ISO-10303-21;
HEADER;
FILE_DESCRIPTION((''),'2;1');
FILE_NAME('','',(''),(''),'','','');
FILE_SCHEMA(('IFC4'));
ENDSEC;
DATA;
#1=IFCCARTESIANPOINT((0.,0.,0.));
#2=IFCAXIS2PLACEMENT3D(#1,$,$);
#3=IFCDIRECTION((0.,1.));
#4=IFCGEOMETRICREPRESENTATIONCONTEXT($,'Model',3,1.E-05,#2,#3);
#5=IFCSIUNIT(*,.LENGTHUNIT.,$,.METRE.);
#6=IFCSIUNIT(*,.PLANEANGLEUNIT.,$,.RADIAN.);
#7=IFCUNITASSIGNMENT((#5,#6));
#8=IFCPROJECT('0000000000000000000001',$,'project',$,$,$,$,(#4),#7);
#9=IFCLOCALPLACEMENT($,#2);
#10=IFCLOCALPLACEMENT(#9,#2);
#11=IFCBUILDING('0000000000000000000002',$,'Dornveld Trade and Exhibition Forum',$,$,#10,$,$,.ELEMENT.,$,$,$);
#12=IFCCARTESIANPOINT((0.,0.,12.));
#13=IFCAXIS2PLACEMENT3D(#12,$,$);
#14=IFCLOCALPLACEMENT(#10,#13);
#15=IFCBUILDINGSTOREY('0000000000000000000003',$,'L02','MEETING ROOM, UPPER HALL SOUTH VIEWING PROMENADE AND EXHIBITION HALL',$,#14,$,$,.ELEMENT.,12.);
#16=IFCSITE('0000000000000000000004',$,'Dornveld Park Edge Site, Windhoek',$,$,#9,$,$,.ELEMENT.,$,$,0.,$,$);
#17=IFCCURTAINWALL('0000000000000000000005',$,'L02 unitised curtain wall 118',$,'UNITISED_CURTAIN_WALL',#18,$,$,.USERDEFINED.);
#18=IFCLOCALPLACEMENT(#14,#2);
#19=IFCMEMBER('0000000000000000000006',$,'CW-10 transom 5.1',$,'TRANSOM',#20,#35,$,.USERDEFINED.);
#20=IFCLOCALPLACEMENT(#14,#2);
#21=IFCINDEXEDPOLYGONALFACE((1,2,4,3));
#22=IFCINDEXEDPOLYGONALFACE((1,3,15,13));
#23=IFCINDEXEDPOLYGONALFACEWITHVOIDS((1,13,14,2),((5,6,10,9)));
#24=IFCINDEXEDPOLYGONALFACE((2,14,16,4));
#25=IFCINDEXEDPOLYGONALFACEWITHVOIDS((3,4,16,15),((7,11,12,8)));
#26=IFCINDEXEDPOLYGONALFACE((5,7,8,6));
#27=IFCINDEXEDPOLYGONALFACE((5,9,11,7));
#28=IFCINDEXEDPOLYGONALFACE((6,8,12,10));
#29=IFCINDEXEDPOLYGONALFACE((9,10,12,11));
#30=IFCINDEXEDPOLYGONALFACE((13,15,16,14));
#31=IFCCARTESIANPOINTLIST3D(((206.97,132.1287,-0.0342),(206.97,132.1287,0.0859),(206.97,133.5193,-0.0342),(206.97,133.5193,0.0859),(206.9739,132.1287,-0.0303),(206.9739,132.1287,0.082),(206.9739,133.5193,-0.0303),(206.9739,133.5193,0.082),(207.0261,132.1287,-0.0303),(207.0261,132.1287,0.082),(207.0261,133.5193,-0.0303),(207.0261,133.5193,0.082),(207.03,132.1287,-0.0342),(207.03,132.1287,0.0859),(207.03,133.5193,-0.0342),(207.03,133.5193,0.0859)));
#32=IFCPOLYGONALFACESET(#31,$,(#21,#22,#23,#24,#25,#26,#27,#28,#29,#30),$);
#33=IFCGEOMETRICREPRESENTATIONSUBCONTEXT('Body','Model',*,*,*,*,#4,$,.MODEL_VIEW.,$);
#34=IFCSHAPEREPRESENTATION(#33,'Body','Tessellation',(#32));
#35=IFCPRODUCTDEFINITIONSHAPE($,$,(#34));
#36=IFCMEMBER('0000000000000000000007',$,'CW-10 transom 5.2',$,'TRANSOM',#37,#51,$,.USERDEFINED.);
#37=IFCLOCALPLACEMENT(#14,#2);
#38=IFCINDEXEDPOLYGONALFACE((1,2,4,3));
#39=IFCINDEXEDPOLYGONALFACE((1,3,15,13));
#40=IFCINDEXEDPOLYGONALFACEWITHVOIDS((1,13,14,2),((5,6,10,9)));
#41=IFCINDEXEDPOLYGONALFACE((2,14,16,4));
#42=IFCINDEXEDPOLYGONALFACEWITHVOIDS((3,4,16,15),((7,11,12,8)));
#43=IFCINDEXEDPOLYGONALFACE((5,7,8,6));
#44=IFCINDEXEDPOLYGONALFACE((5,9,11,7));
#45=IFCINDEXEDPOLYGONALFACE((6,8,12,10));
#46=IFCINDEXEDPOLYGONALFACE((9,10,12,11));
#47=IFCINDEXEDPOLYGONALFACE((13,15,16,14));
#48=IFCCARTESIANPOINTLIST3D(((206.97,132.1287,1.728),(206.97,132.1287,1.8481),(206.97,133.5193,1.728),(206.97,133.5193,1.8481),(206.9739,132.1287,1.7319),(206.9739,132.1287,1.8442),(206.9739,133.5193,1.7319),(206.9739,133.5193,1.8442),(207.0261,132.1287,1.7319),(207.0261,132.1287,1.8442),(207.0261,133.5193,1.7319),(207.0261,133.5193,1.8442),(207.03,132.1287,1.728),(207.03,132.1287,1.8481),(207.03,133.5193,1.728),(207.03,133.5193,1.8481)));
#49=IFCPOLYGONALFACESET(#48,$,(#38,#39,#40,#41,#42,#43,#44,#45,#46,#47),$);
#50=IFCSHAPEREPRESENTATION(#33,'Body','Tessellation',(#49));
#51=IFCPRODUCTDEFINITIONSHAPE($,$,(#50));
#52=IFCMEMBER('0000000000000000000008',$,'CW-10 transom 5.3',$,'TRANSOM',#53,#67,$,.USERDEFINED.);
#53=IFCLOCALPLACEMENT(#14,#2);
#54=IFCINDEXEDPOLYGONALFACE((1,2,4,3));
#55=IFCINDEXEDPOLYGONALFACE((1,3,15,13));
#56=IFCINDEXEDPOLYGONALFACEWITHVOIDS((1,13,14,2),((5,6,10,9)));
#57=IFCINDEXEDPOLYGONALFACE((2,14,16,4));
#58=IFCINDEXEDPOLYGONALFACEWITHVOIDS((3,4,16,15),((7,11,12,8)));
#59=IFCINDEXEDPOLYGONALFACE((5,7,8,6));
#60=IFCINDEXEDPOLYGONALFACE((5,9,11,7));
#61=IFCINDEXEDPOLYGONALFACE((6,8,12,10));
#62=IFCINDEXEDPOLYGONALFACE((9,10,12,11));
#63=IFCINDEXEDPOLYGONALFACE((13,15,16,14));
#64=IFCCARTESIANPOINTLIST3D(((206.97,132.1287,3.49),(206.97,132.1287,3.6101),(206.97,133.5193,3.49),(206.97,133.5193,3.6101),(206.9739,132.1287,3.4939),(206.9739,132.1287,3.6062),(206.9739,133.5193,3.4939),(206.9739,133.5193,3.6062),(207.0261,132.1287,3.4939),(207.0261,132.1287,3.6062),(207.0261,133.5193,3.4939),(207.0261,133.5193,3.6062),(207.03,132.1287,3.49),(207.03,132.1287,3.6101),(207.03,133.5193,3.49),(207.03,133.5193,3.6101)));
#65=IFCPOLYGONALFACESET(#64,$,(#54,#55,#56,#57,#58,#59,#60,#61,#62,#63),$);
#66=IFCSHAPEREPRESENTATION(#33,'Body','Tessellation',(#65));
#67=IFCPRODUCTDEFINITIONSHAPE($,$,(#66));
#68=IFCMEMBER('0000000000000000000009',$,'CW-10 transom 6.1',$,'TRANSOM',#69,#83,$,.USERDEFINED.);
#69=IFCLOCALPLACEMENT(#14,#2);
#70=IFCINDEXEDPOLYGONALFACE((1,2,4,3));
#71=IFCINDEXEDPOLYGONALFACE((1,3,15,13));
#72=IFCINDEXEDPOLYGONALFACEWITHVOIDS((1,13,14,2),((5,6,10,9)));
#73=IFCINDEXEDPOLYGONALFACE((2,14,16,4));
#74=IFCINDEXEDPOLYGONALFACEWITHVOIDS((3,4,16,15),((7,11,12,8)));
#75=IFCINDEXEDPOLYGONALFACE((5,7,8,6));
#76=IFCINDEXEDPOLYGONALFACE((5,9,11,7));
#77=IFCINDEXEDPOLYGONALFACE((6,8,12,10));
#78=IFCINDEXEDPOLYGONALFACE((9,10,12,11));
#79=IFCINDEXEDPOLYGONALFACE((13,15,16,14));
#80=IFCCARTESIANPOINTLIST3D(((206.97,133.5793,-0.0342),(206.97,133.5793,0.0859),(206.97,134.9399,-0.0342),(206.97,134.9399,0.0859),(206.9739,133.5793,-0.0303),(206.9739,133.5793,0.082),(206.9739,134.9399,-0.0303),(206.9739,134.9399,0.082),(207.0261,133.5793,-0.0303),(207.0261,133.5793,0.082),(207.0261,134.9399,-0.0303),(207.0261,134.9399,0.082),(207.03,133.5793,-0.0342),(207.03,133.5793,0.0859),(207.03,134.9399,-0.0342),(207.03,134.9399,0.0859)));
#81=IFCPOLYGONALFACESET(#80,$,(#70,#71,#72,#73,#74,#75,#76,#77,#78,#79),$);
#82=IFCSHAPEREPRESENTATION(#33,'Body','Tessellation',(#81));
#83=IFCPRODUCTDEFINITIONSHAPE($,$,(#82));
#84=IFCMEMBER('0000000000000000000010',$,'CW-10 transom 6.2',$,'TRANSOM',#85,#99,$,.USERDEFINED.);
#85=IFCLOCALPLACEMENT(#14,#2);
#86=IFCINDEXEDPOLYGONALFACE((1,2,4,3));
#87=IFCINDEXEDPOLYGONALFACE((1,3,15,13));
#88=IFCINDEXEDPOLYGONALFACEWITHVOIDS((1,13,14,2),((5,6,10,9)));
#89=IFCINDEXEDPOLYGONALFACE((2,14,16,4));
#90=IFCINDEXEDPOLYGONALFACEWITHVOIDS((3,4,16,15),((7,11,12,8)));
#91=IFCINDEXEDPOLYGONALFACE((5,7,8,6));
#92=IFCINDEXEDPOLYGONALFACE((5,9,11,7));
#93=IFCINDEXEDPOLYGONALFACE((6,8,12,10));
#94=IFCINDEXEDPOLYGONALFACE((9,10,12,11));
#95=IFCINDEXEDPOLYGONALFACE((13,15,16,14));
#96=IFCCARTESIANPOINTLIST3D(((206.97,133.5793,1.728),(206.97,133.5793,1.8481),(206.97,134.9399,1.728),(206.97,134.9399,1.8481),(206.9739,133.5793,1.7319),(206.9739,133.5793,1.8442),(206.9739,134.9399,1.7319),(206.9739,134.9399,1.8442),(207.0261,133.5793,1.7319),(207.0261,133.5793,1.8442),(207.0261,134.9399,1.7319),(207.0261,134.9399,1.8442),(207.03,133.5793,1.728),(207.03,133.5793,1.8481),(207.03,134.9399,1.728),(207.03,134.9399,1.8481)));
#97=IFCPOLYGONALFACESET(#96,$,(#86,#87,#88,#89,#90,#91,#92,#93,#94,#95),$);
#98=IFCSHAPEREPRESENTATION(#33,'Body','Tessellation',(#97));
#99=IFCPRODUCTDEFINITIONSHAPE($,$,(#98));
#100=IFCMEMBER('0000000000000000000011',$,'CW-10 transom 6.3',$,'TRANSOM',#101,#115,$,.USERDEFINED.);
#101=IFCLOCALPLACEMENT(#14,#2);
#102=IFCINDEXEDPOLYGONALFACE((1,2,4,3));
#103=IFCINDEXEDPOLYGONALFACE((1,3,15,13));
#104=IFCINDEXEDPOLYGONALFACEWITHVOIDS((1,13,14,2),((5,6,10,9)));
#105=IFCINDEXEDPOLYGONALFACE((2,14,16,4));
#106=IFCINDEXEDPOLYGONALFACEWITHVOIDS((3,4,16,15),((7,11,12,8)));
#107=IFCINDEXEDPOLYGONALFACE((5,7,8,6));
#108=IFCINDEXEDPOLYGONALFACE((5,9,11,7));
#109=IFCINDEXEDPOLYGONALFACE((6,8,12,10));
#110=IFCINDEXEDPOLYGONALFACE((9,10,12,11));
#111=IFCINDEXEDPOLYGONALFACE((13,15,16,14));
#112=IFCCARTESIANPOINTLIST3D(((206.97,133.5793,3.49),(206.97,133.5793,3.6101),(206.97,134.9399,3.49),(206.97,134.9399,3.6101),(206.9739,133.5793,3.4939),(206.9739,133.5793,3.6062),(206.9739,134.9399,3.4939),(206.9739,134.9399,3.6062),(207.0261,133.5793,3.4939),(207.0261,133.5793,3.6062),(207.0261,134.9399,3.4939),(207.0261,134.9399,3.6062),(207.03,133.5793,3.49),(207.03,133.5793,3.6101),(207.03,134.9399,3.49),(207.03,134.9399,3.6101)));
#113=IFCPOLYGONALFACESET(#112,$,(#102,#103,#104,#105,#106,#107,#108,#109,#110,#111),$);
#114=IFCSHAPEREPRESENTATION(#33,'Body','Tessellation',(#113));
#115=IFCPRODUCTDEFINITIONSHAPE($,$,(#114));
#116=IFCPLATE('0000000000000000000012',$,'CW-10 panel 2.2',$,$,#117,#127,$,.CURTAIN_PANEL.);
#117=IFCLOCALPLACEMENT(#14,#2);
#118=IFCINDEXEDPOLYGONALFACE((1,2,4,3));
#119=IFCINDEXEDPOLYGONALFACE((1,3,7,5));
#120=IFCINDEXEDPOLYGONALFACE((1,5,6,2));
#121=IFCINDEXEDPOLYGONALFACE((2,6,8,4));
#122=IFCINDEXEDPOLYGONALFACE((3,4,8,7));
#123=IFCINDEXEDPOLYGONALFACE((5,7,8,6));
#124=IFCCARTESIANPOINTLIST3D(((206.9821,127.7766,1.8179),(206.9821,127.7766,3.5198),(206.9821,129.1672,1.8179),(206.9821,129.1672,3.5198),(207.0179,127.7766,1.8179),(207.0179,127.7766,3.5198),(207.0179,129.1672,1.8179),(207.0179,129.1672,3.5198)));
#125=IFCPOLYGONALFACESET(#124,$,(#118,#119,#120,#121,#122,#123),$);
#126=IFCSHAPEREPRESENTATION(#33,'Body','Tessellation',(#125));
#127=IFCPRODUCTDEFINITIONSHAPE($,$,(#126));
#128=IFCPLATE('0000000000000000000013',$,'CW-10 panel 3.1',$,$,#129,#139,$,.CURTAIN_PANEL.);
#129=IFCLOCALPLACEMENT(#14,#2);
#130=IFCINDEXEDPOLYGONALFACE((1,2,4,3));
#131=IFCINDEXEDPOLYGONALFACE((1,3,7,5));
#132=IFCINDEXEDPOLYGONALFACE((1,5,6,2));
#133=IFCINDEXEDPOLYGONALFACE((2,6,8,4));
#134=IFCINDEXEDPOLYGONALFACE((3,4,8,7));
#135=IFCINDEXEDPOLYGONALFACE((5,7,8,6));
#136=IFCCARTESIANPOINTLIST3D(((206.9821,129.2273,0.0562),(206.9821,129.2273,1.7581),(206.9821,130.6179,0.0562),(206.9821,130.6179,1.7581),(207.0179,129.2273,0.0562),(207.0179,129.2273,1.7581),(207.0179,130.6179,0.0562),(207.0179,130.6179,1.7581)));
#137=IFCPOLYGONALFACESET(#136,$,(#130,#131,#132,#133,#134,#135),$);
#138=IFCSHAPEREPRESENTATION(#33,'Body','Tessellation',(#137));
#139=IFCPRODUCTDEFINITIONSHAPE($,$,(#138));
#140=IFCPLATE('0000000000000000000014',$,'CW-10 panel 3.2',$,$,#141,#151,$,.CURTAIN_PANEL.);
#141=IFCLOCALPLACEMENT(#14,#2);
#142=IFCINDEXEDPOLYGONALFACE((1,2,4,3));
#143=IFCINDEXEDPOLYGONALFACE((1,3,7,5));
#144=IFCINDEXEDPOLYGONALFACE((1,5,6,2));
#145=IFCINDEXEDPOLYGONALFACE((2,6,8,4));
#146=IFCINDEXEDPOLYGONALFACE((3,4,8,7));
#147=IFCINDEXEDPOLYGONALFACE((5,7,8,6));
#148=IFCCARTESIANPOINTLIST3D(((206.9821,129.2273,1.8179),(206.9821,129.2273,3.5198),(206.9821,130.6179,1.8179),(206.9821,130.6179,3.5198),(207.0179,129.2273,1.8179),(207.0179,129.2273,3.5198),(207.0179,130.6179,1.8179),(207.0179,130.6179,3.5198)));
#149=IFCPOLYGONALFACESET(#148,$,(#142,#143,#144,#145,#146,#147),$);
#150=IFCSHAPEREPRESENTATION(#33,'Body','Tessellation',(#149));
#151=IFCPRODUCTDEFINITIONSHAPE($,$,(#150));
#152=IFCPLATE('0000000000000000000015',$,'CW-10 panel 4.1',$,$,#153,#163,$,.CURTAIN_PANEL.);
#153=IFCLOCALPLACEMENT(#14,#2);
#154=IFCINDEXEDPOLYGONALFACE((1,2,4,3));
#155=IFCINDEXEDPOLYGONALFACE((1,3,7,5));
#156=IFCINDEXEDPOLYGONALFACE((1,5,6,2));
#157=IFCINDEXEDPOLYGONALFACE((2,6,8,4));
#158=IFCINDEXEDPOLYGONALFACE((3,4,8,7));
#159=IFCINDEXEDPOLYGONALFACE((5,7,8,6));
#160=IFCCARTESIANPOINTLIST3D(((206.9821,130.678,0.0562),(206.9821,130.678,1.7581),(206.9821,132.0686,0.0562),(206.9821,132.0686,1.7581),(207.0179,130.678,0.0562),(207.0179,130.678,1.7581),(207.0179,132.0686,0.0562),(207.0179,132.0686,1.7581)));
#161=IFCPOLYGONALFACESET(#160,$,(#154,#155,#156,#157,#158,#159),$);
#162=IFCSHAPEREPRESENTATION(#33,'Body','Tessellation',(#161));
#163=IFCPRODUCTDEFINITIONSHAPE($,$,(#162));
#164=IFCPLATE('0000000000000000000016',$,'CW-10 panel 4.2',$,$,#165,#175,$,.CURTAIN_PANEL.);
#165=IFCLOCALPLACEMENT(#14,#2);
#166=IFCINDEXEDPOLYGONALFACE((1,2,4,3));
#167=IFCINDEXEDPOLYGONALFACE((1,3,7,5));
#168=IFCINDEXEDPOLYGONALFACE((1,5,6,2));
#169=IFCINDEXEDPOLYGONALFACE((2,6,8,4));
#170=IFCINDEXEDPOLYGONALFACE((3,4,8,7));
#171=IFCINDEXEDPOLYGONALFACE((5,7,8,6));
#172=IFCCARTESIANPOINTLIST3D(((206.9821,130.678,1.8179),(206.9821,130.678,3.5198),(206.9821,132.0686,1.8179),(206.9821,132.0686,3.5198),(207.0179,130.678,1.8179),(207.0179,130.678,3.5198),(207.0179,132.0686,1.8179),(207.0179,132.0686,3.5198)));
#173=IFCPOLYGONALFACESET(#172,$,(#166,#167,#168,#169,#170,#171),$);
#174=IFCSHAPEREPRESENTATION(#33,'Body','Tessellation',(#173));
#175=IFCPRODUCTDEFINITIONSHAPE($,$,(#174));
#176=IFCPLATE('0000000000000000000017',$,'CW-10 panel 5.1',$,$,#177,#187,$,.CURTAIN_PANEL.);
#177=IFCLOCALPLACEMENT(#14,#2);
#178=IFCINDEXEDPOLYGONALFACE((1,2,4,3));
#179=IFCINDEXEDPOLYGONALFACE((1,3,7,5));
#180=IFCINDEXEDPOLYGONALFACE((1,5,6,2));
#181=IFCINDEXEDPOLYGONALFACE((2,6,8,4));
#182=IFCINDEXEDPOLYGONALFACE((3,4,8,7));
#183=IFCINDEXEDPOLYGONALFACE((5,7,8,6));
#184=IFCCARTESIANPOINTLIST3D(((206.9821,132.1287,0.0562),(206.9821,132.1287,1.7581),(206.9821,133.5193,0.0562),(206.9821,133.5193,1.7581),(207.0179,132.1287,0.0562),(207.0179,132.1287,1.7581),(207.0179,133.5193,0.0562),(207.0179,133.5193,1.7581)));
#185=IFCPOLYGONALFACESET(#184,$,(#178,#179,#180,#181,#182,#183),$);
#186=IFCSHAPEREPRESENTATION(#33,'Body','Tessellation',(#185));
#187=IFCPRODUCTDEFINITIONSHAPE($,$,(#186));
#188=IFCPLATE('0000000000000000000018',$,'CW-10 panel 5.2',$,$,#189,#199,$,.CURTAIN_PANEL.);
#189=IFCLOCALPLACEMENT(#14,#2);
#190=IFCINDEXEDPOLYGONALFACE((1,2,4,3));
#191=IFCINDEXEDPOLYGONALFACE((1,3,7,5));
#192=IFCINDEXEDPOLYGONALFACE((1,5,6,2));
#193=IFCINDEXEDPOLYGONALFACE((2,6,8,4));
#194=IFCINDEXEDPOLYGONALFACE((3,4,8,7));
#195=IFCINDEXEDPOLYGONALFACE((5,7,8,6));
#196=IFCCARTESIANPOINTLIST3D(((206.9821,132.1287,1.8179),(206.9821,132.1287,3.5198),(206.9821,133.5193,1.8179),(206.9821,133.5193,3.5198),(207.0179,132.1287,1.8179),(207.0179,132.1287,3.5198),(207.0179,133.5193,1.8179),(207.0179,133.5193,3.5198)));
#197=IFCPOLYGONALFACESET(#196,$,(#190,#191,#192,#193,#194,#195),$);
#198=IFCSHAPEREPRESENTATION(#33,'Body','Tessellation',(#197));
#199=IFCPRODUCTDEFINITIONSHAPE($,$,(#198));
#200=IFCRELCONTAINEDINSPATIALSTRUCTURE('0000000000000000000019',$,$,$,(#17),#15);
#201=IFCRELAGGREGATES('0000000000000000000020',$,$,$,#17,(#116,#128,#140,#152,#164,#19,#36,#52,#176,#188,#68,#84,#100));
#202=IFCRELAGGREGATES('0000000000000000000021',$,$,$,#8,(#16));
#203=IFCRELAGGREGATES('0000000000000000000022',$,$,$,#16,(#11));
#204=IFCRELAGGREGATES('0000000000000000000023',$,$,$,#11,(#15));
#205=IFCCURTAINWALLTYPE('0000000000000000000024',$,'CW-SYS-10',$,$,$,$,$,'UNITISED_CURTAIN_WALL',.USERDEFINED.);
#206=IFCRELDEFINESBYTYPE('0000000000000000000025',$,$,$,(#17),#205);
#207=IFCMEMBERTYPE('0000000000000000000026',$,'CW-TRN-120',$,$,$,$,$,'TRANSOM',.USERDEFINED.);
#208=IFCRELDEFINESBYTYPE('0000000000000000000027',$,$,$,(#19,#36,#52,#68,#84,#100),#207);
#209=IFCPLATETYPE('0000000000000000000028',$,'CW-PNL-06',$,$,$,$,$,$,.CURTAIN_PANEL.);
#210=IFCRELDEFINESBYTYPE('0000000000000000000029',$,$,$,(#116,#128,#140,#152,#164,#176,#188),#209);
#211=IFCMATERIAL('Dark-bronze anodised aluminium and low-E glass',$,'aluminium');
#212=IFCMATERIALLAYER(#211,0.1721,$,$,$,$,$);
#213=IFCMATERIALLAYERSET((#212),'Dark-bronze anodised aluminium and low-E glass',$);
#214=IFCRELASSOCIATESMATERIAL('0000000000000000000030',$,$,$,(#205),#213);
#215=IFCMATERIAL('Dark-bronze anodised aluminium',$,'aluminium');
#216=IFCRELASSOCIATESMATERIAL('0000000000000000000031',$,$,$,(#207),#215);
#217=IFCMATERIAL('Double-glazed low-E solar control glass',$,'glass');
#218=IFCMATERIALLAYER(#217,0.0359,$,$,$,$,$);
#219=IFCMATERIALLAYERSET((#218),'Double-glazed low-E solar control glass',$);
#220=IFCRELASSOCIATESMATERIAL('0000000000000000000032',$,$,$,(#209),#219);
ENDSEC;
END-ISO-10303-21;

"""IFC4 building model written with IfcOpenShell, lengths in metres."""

from ifc_helpers import new_model, si_unit, direction, frame, origin, origin_2d, place, context, subcontext, project, spatial, rectangle, hollow_rectangle, extrude, material, layer, layer_set, material_profile, profile_set, type_object, element, aggregate, save


model = new_model("IFC4")

# Units and contexts
model_context = context("Model", 3, precision=1e-05, world=origin(), true_north=direction((0.0, 1.0)))
body_context = subcontext(model_context, "Body", "Model", "MODEL_VIEW")
ifc_project = project(units=[si_unit("LENGTHUNIT", "METRE"), si_unit("PLANEANGLEUNIT", "RADIAN")], contexts=[model_context])

# Site, building, storey
site_placement = place(None, origin())
site = spatial("IfcSite", under=ifc_project, at=site_placement, Name="Dornveld Park Edge Site, Windhoek", CompositionType="ELEMENT", RefElevation=0.0)
building_placement = place(site_placement, origin())
building = spatial("IfcBuilding", under=site, at=building_placement, Name="Dornveld Trade and Exhibition Forum", CompositionType="ELEMENT")
storey_placement = place(building_placement, frame((0.0, 0.0, 12.0)))
storey = spatial("IfcBuildingStorey", under=building, at=storey_placement, Name="L02", Description="MEETING ROOM, UPPER HALL SOUTH VIEWING PROMENADE AND EXHIBITION HALL", CompositionType="ELEMENT", Elevation=12.0)

# Curtain wall, members, plates
ifc_material_1 = material(Name="Dark-bronze anodised aluminium and low-E glass", Category="aluminium")
ifc_layer_1 = layer(ifc_material_1, 0.1721)
ifc_layer_set_1 = layer_set([ifc_layer_1], Name="Dark-bronze anodised aluminium and low-E glass")
curtain_wall_type = type_object("IfcCurtainWallType", Name="CW-SYS-10", ElementType="UNITISED_CURTAIN_WALL", PredefinedType="USERDEFINED", material=ifc_layer_set_1)
curtain_wall_placement = place(storey_placement, origin())
curtain_wall = element("IfcCurtainWall", 1, at=curtain_wall_placement, inside=storey, type_object=curtain_wall_type, Name="L02 unitised curtain wall 118", ObjectType="UNITISED_CURTAIN_WALL", PredefinedType="USERDEFINED")
ifc_material_2 = material(Name="Dark-bronze anodised aluminium", Category="aluminium")
ifc_material_profile_1 = material_profile(ifc_material_2, hollow_rectangle(XDim=0.0601, YDim=0.1201, WallThickness=0.0039, at=origin_2d()), Name="RHS 120x60x4")
ifc_profile_set_1 = profile_set([ifc_material_profile_1], Name="Dark-bronze anodised aluminium")
member_type_1 = type_object("IfcMemberType", Name="CW-TRN-120", ElementType="TRANSOM", PredefinedType="USERDEFINED", material=ifc_profile_set_1)
member_1_placement = place(storey_placement, frame((207.0, 132.1287, 0.0259), z_axis=(0.0, 1.0, 0.0), x_axis=(-1.0, 0.0, 0.0)))
member_1 = element("IfcMember", 2, at=member_1_placement, type_object=member_type_1, Name="CW-10 transom 5.1", ObjectType="TRANSOM", PredefinedType="USERDEFINED", context=body_context, shape_type="SweptSolid", body=[
    extrude(hollow_rectangle(XDim=0.0601, YDim=0.1201, WallThickness=0.0039, at=origin_2d()), origin(), (0.0, 0.0, 1.0), 1.3906),
])
member_2_placement = place(storey_placement, frame((207.0, 132.1287, 1.7881), z_axis=(0.0, 1.0, 0.0), x_axis=(-1.0, 0.0, 0.0)))
member_2 = element("IfcMember", 3, at=member_2_placement, type_object=member_type_1, Name="CW-10 transom 5.2", ObjectType="TRANSOM", PredefinedType="USERDEFINED", context=body_context, shape_type="SweptSolid", body=[
    extrude(hollow_rectangle(XDim=0.0601, YDim=0.1201, WallThickness=0.0039, at=origin_2d()), origin(), (0.0, 0.0, 1.0), 1.3906),
])
member_3_placement = place(storey_placement, frame((207.0, 132.1287, 3.55), z_axis=(0.0, 1.0, 0.0), x_axis=(-1.0, 0.0, 0.0)))
member_3 = element("IfcMember", 4, at=member_3_placement, type_object=member_type_1, Name="CW-10 transom 5.3", ObjectType="TRANSOM", PredefinedType="USERDEFINED", context=body_context, shape_type="SweptSolid", body=[
    extrude(hollow_rectangle(XDim=0.0601, YDim=0.1201, WallThickness=0.0039, at=origin_2d()), origin(), (0.0, 0.0, 1.0), 1.3906),
])
member_4_placement = place(storey_placement, frame((207.0, 133.5793, 0.0259), z_axis=(0.0, 1.0, 0.0), x_axis=(-1.0, 0.0, 0.0)))
member_4 = element("IfcMember", 5, at=member_4_placement, type_object=member_type_1, Name="CW-10 transom 6.1", ObjectType="TRANSOM", PredefinedType="USERDEFINED", context=body_context, shape_type="SweptSolid", body=[
    extrude(hollow_rectangle(XDim=0.0601, YDim=0.1201, WallThickness=0.0039, at=origin_2d()), origin(), (0.0, 0.0, 1.0), 1.3606),
])
member_5_placement = place(storey_placement, frame((207.0, 133.5793, 1.7881), z_axis=(0.0, 1.0, 0.0), x_axis=(-1.0, 0.0, 0.0)))
member_5 = element("IfcMember", 6, at=member_5_placement, type_object=member_type_1, Name="CW-10 transom 6.2", ObjectType="TRANSOM", PredefinedType="USERDEFINED", context=body_context, shape_type="SweptSolid", body=[
    extrude(hollow_rectangle(XDim=0.0601, YDim=0.1201, WallThickness=0.0039, at=origin_2d()), origin(), (0.0, 0.0, 1.0), 1.3606),
])
member_6_placement = place(storey_placement, frame((207.0, 133.5793, 3.55), z_axis=(0.0, 1.0, 0.0), x_axis=(-1.0, 0.0, 0.0)))
member_6 = element("IfcMember", 7, at=member_6_placement, type_object=member_type_1, Name="CW-10 transom 6.3", ObjectType="TRANSOM", PredefinedType="USERDEFINED", context=body_context, shape_type="SweptSolid", body=[
    extrude(hollow_rectangle(XDim=0.0601, YDim=0.1201, WallThickness=0.0039, at=origin_2d()), origin(), (0.0, 0.0, 1.0), 1.3606),
])
ifc_material_3 = material(Name="Double-glazed low-E solar control glass", Category="glass")
ifc_layer_2 = layer(ifc_material_3, 0.0359)
ifc_layer_set_2 = layer_set([ifc_layer_2], Name="Double-glazed low-E solar control glass")
plate_type = type_object("IfcPlateType", Name="CW-PNL-06", PredefinedType="CURTAIN_PANEL", material=ifc_layer_set_2)
plate_1_placement = place(storey_placement, frame((207.0, 128.4719, 1.8179), z_axis=(0.0, 0.0, 1.0), x_axis=(0.0, 1.0, 0.0)))
plate_1 = element("IfcPlate", 8, at=plate_1_placement, type_object=plate_type, Name="CW-10 panel 2.2", PredefinedType="CURTAIN_PANEL", context=body_context, shape_type="SweptSolid", body=[
    extrude(rectangle(XDim=1.3906, YDim=0.0359, at=origin_2d()), origin(), (0.0, 0.0, 1.0), 1.7019),
])
plate_2_placement = place(storey_placement, frame((207.0, 129.9226, 0.0562), z_axis=(0.0, 0.0, 1.0), x_axis=(0.0, 1.0, 0.0)))
plate_2 = element("IfcPlate", 9, at=plate_2_placement, type_object=plate_type, Name="CW-10 panel 3.1", PredefinedType="CURTAIN_PANEL", context=body_context, shape_type="SweptSolid", body=[
    extrude(rectangle(XDim=1.3906, YDim=0.0359, at=origin_2d()), origin(), (0.0, 0.0, 1.0), 1.7019),
])
plate_3_placement = place(storey_placement, frame((207.0, 129.9226, 1.8179), z_axis=(0.0, 0.0, 1.0), x_axis=(0.0, 1.0, 0.0)))
plate_3 = element("IfcPlate", 10, at=plate_3_placement, type_object=plate_type, Name="CW-10 panel 3.2", PredefinedType="CURTAIN_PANEL", context=body_context, shape_type="SweptSolid", body=[
    extrude(rectangle(XDim=1.3906, YDim=0.0359, at=origin_2d()), origin(), (0.0, 0.0, 1.0), 1.7019),
])
plate_4_placement = place(storey_placement, frame((207.0, 131.3733, 0.0562), z_axis=(0.0, 0.0, 1.0), x_axis=(0.0, 1.0, 0.0)))
plate_4 = element("IfcPlate", 11, at=plate_4_placement, type_object=plate_type, Name="CW-10 panel 4.1", PredefinedType="CURTAIN_PANEL", context=body_context, shape_type="SweptSolid", body=[
    extrude(rectangle(XDim=1.3906, YDim=0.0359, at=origin_2d()), origin(), (0.0, 0.0, 1.0), 1.7019),
])
plate_5_placement = place(storey_placement, frame((207.0, 131.3733, 1.8179), z_axis=(0.0, 0.0, 1.0), x_axis=(0.0, 1.0, 0.0)))
plate_5 = element("IfcPlate", 12, at=plate_5_placement, type_object=plate_type, Name="CW-10 panel 4.2", PredefinedType="CURTAIN_PANEL", context=body_context, shape_type="SweptSolid", body=[
    extrude(rectangle(XDim=1.3906, YDim=0.0359, at=origin_2d()), origin(), (0.0, 0.0, 1.0), 1.7019),
])
plate_6_placement = place(storey_placement, frame((207.0, 132.824, 0.0562), z_axis=(0.0, 0.0, 1.0), x_axis=(0.0, 1.0, 0.0)))
plate_6 = element("IfcPlate", 13, at=plate_6_placement, type_object=plate_type, Name="CW-10 panel 5.1", PredefinedType="CURTAIN_PANEL", context=body_context, shape_type="SweptSolid", body=[
    extrude(rectangle(XDim=1.3906, YDim=0.0359, at=origin_2d()), origin(), (0.0, 0.0, 1.0), 1.7019),
])
plate_7_placement = place(storey_placement, frame((207.0, 132.824, 1.8179), z_axis=(0.0, 0.0, 1.0), x_axis=(0.0, 1.0, 0.0)))
plate_7 = element("IfcPlate", 14, at=plate_7_placement, type_object=plate_type, Name="CW-10 panel 5.2", PredefinedType="CURTAIN_PANEL", context=body_context, shape_type="SweptSolid", body=[
    extrude(rectangle(XDim=1.3906, YDim=0.0359, at=origin_2d()), origin(), (0.0, 0.0, 1.0), 1.7019),
])
aggregate(curtain_wall, [plate_1, plate_2, plate_3, plate_4, plate_5, member_1, member_2, member_3, plate_6, plate_7, member_4, member_5, member_6])

save(model, "model.ifc")
